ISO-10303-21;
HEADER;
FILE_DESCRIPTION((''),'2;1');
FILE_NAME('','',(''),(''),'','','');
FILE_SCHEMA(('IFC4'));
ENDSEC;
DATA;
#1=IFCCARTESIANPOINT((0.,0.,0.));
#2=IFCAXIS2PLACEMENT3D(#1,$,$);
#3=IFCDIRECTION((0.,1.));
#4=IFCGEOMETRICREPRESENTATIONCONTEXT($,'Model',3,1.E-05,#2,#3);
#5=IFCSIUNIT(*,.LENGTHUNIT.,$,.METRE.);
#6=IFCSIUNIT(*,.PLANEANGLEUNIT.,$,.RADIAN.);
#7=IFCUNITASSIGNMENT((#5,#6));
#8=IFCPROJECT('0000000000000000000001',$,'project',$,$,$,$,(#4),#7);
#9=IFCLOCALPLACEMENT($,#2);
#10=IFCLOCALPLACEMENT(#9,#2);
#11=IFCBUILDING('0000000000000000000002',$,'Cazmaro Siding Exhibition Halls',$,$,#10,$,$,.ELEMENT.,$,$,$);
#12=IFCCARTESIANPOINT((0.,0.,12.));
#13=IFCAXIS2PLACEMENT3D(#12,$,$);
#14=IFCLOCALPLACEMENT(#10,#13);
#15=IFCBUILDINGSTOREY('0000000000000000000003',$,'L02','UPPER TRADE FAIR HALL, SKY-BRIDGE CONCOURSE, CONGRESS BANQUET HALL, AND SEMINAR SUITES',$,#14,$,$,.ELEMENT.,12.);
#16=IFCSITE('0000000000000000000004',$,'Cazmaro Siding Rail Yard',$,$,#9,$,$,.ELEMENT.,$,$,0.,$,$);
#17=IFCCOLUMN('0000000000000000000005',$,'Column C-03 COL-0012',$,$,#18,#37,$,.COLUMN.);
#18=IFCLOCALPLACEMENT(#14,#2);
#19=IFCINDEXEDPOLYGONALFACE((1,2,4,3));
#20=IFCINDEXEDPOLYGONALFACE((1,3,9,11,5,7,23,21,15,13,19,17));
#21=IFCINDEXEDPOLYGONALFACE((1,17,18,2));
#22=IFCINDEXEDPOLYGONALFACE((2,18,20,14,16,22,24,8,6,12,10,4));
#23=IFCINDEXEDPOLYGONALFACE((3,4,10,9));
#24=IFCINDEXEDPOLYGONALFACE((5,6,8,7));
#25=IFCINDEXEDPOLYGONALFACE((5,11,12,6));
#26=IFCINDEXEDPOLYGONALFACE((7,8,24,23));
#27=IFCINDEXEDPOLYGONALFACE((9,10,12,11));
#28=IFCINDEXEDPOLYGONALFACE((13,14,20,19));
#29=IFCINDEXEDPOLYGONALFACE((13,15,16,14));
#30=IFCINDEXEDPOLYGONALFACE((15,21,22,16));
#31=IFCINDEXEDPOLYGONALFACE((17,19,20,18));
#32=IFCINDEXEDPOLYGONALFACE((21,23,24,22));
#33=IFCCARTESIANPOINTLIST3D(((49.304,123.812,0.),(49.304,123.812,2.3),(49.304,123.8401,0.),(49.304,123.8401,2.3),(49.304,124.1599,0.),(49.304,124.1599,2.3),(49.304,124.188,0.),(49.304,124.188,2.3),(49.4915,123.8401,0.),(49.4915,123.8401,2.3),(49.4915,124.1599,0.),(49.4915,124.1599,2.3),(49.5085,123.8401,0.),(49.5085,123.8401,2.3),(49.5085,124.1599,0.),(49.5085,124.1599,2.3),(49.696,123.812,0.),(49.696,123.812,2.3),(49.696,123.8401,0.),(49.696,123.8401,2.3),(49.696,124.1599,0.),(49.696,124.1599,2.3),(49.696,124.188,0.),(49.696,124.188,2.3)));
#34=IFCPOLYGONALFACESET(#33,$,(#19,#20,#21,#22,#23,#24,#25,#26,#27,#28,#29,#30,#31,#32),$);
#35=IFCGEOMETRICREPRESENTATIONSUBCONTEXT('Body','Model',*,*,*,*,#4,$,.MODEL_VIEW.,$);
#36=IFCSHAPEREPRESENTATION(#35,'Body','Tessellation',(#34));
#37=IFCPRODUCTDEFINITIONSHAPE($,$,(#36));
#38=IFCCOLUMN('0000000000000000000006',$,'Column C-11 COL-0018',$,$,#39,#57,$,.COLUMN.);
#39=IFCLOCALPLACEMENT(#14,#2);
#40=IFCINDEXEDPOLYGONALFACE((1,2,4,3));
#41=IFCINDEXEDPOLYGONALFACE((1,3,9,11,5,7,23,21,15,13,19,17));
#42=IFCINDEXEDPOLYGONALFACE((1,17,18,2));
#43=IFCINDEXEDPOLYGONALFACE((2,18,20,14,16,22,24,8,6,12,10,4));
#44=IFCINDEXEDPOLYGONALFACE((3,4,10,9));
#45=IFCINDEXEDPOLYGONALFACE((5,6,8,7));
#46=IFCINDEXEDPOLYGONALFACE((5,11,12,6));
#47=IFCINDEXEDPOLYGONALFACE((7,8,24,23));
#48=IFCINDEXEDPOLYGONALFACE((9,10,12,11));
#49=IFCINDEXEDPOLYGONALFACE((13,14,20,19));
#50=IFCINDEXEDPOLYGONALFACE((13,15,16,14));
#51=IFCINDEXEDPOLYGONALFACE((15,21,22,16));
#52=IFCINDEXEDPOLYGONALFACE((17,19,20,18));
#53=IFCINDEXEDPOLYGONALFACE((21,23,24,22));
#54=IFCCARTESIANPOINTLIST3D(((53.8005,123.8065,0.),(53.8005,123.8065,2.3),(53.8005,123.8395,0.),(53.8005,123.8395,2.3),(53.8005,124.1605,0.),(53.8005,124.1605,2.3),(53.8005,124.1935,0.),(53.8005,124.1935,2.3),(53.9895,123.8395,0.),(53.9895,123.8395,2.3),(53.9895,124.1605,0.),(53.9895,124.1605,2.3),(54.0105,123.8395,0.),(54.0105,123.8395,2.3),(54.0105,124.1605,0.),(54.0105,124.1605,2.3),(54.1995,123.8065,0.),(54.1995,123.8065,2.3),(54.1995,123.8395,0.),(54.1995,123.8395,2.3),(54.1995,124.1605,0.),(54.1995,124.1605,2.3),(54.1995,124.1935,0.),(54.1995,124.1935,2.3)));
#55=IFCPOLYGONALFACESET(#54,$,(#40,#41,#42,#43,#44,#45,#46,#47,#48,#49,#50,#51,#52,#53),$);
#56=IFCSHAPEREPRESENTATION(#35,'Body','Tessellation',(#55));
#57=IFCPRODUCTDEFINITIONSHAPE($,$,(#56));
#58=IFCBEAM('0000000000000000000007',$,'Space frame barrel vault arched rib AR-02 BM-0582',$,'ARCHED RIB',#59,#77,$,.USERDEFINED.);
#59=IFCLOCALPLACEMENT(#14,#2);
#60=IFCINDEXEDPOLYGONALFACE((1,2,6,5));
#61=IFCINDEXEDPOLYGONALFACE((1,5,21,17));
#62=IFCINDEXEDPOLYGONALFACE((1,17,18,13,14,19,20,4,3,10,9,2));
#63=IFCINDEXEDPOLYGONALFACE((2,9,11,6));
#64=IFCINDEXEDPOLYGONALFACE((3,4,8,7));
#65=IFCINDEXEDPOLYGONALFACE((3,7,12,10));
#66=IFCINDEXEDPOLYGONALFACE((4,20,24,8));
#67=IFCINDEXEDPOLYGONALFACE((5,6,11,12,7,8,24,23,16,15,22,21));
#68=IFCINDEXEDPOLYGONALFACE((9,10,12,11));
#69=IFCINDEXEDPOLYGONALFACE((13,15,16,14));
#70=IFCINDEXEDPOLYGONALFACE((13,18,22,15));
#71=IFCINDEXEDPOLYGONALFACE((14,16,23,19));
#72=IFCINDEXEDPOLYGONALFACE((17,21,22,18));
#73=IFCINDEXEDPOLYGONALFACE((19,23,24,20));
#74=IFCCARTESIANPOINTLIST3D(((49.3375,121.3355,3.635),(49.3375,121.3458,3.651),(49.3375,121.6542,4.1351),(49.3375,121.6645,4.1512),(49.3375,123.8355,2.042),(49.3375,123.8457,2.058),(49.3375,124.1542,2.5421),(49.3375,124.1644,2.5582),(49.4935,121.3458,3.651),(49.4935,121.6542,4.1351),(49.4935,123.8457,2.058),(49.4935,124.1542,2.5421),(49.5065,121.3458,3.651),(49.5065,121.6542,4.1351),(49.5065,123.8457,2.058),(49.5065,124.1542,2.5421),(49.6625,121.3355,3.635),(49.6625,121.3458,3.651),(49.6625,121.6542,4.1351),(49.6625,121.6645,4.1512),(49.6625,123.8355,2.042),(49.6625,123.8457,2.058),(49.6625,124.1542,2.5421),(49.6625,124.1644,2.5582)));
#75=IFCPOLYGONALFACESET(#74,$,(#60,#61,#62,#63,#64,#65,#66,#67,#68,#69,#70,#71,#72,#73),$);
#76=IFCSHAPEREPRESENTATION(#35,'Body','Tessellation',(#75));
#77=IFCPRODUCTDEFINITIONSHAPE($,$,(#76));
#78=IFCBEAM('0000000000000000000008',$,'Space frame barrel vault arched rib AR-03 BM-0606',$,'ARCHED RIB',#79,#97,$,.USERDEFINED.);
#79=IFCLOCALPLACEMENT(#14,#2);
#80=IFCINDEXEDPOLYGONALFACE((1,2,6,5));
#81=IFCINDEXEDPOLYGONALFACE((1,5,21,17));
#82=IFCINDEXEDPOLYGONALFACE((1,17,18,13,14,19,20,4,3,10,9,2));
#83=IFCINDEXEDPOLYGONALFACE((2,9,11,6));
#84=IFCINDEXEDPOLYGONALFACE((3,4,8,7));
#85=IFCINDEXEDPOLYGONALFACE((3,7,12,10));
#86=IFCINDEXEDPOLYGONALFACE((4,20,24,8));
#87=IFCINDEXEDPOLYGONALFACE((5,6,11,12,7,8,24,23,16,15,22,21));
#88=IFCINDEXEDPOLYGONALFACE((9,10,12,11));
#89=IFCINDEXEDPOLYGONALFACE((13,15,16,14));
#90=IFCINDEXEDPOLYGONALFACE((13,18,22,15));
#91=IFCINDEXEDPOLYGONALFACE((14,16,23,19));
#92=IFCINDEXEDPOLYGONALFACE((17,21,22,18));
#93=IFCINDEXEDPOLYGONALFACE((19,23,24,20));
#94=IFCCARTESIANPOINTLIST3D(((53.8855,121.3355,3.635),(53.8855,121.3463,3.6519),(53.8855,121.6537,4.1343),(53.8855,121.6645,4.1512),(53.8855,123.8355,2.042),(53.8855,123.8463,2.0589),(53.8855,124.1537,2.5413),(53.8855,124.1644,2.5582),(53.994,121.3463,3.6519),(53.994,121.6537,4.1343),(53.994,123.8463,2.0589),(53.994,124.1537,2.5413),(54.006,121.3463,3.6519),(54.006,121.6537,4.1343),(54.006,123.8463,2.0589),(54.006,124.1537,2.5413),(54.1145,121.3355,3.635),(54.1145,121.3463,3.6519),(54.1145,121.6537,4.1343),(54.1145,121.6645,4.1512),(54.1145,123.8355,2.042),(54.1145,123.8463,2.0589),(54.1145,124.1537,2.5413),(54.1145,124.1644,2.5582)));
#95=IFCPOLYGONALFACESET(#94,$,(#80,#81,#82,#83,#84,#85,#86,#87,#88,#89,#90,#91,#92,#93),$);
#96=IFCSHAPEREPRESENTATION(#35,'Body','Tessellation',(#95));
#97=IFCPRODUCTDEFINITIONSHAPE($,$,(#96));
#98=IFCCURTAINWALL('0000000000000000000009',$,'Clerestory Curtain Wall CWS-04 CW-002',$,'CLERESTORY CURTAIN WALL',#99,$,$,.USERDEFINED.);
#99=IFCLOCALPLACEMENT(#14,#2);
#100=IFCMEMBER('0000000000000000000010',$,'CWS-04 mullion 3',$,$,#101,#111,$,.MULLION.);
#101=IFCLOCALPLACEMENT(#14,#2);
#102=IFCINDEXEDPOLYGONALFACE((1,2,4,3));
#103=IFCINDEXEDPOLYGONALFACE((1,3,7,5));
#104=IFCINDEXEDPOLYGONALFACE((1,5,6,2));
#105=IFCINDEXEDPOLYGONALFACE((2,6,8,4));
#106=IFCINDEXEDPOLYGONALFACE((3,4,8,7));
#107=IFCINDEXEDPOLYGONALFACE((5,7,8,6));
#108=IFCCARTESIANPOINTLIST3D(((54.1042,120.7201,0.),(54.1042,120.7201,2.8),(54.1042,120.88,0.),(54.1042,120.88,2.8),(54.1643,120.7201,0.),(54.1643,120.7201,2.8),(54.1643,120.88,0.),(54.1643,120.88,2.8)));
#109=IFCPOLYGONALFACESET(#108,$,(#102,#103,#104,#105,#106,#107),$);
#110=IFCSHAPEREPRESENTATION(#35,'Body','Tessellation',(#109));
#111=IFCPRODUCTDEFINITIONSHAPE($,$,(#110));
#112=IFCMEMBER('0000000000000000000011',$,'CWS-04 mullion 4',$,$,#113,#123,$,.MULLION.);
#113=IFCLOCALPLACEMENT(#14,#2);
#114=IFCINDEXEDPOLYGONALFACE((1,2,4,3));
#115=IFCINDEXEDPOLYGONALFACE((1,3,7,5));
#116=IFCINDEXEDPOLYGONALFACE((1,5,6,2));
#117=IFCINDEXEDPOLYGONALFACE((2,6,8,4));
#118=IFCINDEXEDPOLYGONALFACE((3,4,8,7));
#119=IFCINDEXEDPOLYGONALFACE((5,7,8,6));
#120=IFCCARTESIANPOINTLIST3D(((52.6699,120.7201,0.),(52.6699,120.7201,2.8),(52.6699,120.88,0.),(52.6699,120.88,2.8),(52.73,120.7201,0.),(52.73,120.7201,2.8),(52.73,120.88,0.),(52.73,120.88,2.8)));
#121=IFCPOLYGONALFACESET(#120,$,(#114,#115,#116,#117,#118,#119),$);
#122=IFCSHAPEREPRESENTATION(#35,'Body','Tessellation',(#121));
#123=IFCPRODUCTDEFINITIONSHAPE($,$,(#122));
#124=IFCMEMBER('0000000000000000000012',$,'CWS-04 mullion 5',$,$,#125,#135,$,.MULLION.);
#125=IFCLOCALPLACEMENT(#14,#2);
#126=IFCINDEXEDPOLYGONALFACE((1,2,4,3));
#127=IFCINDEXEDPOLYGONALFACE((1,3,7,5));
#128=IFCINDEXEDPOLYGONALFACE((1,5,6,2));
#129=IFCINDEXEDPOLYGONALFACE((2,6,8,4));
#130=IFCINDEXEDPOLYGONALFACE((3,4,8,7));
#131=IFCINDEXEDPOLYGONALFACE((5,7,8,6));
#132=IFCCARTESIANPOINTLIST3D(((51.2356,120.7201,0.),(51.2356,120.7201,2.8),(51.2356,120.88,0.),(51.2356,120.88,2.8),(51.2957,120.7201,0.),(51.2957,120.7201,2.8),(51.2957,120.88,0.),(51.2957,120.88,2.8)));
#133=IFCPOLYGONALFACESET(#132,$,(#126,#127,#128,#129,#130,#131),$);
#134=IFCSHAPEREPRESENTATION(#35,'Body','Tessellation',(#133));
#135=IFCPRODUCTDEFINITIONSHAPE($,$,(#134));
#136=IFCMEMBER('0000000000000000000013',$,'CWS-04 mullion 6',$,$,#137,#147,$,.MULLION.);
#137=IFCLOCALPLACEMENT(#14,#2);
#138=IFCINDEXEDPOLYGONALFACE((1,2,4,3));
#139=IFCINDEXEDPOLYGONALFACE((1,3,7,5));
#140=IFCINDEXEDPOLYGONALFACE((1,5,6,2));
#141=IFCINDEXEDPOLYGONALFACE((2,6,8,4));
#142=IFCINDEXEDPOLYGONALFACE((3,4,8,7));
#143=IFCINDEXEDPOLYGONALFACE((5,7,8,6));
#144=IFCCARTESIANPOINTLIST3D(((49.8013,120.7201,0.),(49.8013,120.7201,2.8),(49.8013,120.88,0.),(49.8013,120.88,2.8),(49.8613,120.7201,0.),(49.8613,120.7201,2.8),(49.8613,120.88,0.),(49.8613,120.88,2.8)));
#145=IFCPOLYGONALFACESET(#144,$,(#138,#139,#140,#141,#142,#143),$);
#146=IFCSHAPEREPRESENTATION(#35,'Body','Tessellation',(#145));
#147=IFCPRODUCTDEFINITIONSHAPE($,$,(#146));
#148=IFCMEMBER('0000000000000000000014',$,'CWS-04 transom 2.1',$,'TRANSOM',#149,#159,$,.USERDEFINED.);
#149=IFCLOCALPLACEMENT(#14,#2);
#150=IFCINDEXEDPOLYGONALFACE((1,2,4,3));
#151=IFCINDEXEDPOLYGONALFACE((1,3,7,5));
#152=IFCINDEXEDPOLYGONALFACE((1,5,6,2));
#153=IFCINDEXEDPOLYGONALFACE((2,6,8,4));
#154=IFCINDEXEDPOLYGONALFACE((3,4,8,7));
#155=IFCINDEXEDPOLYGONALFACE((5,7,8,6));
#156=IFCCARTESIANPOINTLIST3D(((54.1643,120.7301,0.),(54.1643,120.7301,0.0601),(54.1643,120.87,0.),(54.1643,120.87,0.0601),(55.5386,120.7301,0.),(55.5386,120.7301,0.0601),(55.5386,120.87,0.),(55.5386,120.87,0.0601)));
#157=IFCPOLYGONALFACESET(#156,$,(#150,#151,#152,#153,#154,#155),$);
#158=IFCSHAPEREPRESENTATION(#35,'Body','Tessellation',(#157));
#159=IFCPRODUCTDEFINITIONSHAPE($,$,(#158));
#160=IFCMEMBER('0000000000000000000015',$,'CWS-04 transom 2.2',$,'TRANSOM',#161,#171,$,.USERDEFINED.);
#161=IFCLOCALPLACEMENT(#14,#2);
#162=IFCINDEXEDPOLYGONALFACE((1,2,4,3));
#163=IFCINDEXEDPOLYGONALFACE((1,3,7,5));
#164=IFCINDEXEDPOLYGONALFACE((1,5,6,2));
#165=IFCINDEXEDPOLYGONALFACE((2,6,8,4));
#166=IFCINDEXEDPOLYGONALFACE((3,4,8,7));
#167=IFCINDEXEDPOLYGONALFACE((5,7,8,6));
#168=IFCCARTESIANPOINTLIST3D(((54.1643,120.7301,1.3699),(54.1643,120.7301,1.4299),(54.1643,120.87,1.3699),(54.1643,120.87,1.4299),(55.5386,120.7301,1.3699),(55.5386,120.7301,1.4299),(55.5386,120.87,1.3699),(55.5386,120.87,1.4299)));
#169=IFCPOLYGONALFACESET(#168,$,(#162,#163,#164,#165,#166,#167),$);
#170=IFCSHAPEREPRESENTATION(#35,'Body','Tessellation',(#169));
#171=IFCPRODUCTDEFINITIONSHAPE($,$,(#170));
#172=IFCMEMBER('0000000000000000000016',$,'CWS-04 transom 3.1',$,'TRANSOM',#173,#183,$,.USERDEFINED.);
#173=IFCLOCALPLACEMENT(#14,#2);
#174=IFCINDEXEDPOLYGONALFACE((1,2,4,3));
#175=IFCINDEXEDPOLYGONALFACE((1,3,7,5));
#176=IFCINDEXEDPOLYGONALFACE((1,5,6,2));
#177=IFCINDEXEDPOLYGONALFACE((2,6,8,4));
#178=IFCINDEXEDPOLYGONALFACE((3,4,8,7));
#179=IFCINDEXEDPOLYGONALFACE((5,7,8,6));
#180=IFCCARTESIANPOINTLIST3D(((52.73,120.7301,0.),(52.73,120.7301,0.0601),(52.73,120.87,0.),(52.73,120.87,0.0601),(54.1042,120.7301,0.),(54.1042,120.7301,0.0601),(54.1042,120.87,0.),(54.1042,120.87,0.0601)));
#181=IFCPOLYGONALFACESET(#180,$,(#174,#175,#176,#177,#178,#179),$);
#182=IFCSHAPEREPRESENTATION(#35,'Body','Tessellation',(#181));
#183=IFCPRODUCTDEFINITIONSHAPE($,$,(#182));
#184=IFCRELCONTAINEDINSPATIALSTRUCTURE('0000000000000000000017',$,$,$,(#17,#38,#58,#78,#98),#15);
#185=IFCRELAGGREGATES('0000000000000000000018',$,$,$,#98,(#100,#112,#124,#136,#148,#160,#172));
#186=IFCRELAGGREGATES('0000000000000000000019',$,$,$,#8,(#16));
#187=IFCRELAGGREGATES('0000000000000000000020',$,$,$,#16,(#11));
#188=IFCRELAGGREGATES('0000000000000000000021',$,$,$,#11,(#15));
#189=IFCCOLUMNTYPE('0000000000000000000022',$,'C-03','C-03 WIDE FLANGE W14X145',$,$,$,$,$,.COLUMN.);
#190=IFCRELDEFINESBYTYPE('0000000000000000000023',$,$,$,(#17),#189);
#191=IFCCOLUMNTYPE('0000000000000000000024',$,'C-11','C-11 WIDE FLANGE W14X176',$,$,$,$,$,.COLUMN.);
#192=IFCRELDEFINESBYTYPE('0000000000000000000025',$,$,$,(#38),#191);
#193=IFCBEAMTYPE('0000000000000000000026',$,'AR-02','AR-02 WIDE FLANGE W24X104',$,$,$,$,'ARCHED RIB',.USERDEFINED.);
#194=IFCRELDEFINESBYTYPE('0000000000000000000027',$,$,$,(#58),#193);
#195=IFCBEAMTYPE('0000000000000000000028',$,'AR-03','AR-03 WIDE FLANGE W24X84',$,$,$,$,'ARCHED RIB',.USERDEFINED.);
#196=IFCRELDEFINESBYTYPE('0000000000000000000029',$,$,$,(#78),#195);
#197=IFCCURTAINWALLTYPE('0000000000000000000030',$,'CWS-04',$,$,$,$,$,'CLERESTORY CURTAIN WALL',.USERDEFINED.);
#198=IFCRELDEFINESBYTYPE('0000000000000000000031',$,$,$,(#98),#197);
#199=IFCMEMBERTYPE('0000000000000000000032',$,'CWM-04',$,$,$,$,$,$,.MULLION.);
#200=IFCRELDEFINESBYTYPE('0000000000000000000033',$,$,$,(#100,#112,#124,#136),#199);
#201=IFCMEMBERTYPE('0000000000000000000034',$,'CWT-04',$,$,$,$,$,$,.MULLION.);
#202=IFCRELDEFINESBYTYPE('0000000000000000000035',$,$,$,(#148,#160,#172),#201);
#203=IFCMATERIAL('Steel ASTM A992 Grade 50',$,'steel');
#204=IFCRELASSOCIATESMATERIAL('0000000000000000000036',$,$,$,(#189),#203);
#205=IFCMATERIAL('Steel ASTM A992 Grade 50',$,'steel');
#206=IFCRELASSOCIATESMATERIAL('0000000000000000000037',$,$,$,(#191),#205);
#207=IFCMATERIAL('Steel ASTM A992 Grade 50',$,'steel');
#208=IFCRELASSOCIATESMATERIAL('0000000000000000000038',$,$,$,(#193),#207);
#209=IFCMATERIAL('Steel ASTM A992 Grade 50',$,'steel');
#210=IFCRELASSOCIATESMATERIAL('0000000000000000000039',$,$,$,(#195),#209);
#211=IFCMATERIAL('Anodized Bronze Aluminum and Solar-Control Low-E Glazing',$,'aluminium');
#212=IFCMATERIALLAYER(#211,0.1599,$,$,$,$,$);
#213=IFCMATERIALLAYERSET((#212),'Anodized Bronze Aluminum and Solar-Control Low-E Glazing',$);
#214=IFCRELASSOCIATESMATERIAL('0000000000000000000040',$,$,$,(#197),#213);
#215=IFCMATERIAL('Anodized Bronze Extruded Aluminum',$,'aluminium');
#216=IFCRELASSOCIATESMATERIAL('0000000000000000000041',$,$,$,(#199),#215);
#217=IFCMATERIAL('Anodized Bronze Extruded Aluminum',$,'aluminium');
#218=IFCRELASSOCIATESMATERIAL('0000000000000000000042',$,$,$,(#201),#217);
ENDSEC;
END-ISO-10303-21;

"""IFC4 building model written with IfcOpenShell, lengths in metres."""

from ifc_helpers import new_model, si_unit, direction, frame, origin, origin_2d, place, context, subcontext, project, spatial, rectangle, i_section, extrude, material, layer, layer_set, material_profile, profile_set, type_object, element, aggregate, save


model = new_model("IFC4")

# Units and contexts
model_context = context("Model", 3, precision=1e-05, world=origin(), true_north=direction((0.0, 1.0)))
body_context = subcontext(model_context, "Body", "Model", "MODEL_VIEW")
ifc_project = project(units=[si_unit("LENGTHUNIT", "METRE"), si_unit("PLANEANGLEUNIT", "RADIAN")], contexts=[model_context])

# Site, building, storey
site_placement = place(None, origin())
site = spatial("IfcSite", under=ifc_project, at=site_placement, Name="Cazmaro Siding Rail Yard", CompositionType="ELEMENT", RefElevation=0.0)
building_placement = place(site_placement, origin())
building = spatial("IfcBuilding", under=site, at=building_placement, Name="Cazmaro Siding Exhibition Halls", CompositionType="ELEMENT")
storey_placement = place(building_placement, frame((0.0, 0.0, 12.0)))
storey = spatial("IfcBuildingStorey", under=building, at=storey_placement, Name="L02", Description="UPPER TRADE FAIR HALL, SKY-BRIDGE CONCOURSE, CONGRESS BANQUET HALL, AND SEMINAR SUITES", CompositionType="ELEMENT", Elevation=12.0)

# Columns
ifc_material_1 = material(Name="Steel ASTM A992 Grade 50", Category="steel")
ifc_material_profile_1 = material_profile(ifc_material_1, i_section(OverallWidth=0.3921, OverallDepth=0.376, WebThickness=0.0171, FlangeThickness=0.0281, at=origin_2d()), Name="W14X145")
ifc_profile_set_1 = profile_set([ifc_material_profile_1], Name="Steel ASTM A992 Grade 50")
column_type_1 = type_object("IfcColumnType", Name="C-03", Description="C-03 WIDE FLANGE W14X145", PredefinedType="COLUMN", material=ifc_profile_set_1)
column_1_placement = place(storey_placement, frame((49.5, 124.0, 0.0), z_axis=(0.0, 0.0, 1.0), x_axis=(1.0, 0.0, 0.0)))
element("IfcColumn", 1, at=column_1_placement, inside=storey, type_object=column_type_1, Name="Column C-03 COL-0012", PredefinedType="COLUMN", context=body_context, shape_type="SweptSolid", body=[
    extrude(i_section(OverallWidth=0.3921, OverallDepth=0.376, WebThickness=0.0171, FlangeThickness=0.0281, at=origin_2d()), origin(), (0.0, 0.0, 1.0), 2.3),
])
ifc_material_2 = material(Name="Steel ASTM A992 Grade 50", Category="steel")
ifc_material_profile_2 = material_profile(ifc_material_2, i_section(OverallWidth=0.3989, OverallDepth=0.387, WebThickness=0.021, FlangeThickness=0.033, at=origin_2d()), Name="W14X176")
ifc_profile_set_2 = profile_set([ifc_material_profile_2], Name="Steel ASTM A992 Grade 50")
column_type_2 = type_object("IfcColumnType", Name="C-11", Description="C-11 WIDE FLANGE W14X176", PredefinedType="COLUMN", material=ifc_profile_set_2)
column_2_placement = place(storey_placement, frame((54.0, 124.0, 0.0), z_axis=(0.0, 0.0, 1.0), x_axis=(1.0, 0.0, 0.0)))
element("IfcColumn", 2, at=column_2_placement, inside=storey, type_object=column_type_2, Name="Column C-11 COL-0018", PredefinedType="COLUMN", context=body_context, shape_type="SweptSolid", body=[
    extrude(i_section(OverallWidth=0.3989, OverallDepth=0.387, WebThickness=0.021, FlangeThickness=0.033, at=origin_2d()), origin(), (0.0, 0.0, 1.0), 2.3),
])

# Beams
ifc_material_3 = material(Name="Steel ASTM A992 Grade 50", Category="steel")
ifc_material_profile_3 = material_profile(ifc_material_3, i_section(OverallWidth=0.325, OverallDepth=0.6121, WebThickness=0.0129, FlangeThickness=0.019, at=origin_2d()), Name="W24X104")
ifc_profile_set_3 = profile_set([ifc_material_profile_3], Name="Steel ASTM A992 Grade 50")
beam_type_1 = type_object("IfcBeamType", Name="AR-02", Description="AR-02 WIDE FLANGE W24X104", ElementType="ARCHED RIB", PredefinedType="USERDEFINED", material=ifc_profile_set_3)
beam_1_placement = place(storey_placement, frame((49.5, 121.5, 3.8931), z_axis=(0.0, 0.843339, -0.537382), x_axis=(-1.0, 0.0, 0.0)))
element("IfcBeam", 3, at=beam_1_placement, inside=storey, type_object=beam_type_1, Name="Space frame barrel vault arched rib AR-02 BM-0582", ObjectType="ARCHED RIB", PredefinedType="USERDEFINED", context=body_context, shape_type="SweptSolid", body=[
    extrude(i_section(OverallWidth=0.325, OverallDepth=0.6121, WebThickness=0.0129, FlangeThickness=0.019, at=origin_2d()), origin(), (0.0, 0.0, 1.0), 2.9644),
])
ifc_material_4 = material(Name="Steel ASTM A992 Grade 50", Category="steel")
ifc_material_profile_4 = material_profile(ifc_material_4, i_section(OverallWidth=0.229, OverallDepth=0.6121, WebThickness=0.012, FlangeThickness=0.02, at=origin_2d()), Name="W24X84")
ifc_profile_set_4 = profile_set([ifc_material_profile_4], Name="Steel ASTM A992 Grade 50")
beam_type_2 = type_object("IfcBeamType", Name="AR-03", Description="AR-03 WIDE FLANGE W24X84", ElementType="ARCHED RIB", PredefinedType="USERDEFINED", material=ifc_profile_set_4)
beam_2_placement = place(storey_placement, frame((54.0, 121.5, 3.8931), z_axis=(0.0, 0.843339, -0.537382), x_axis=(-1.0, 0.0, 0.0)))
element("IfcBeam", 4, at=beam_2_placement, inside=storey, type_object=beam_type_2, Name="Space frame barrel vault arched rib AR-03 BM-0606", ObjectType="ARCHED RIB", PredefinedType="USERDEFINED", context=body_context, shape_type="SweptSolid", body=[
    extrude(i_section(OverallWidth=0.229, OverallDepth=0.6121, WebThickness=0.012, FlangeThickness=0.02, at=origin_2d()), origin(), (0.0, 0.0, 1.0), 2.9644),
])

# Curtain wall, members
ifc_material_5 = material(Name="Anodized Bronze Aluminum and Solar-Control Low-E Glazing", Category="aluminium")
ifc_layer_1 = layer(ifc_material_5, 0.1599)
ifc_layer_set_1 = layer_set([ifc_layer_1], Name="Anodized Bronze Aluminum and Solar-Control Low-E Glazing")
curtain_wall_type = type_object("IfcCurtainWallType", Name="CWS-04", ElementType="CLERESTORY CURTAIN WALL", PredefinedType="USERDEFINED", material=ifc_layer_set_1)
curtain_wall_placement = place(storey_placement, origin())
curtain_wall = element("IfcCurtainWall", 5, at=curtain_wall_placement, inside=storey, type_object=curtain_wall_type, Name="Clerestory Curtain Wall CWS-04 CW-002", ObjectType="CLERESTORY CURTAIN WALL", PredefinedType="USERDEFINED")
ifc_material_6 = material(Name="Anodized Bronze Extruded Aluminum", Category="aluminium")
ifc_material_profile_5 = material_profile(ifc_material_6, rectangle(XDim=0.1599, YDim=0.0601, at=origin_2d()), Name="CWM-04")
ifc_profile_set_5 = profile_set([ifc_material_profile_5], Name="Anodized Bronze Extruded Aluminum")
member_type_1 = type_object("IfcMemberType", Name="CWM-04", PredefinedType="MULLION", material=ifc_profile_set_5)
member_1_placement = place(storey_placement, frame((54.1343, 120.8, 0.0), z_axis=(0.0, 0.0, 1.0), x_axis=(0.0, -1.0, 0.0)))
member_1 = element("IfcMember", 6, at=member_1_placement, type_object=member_type_1, Name="CWS-04 mullion 3", PredefinedType="MULLION", context=body_context, shape_type="SweptSolid", body=[
    extrude(rectangle(XDim=0.1599, YDim=0.0601, at=origin_2d()), origin(), (0.0, 0.0, 1.0), 2.8),
])
member_2_placement = place(storey_placement, frame((52.7, 120.8, 0.0), z_axis=(0.0, 0.0, 1.0), x_axis=(0.0, -1.0, 0.0)))
member_2 = element("IfcMember", 7, at=member_2_placement, type_object=member_type_1, Name="CWS-04 mullion 4", PredefinedType="MULLION", context=body_context, shape_type="SweptSolid", body=[
    extrude(rectangle(XDim=0.1599, YDim=0.0601, at=origin_2d()), origin(), (0.0, 0.0, 1.0), 2.8),
])
member_3_placement = place(storey_placement, frame((51.2656, 120.8, 0.0), z_axis=(0.0, 0.0, 1.0), x_axis=(0.0, -1.0, 0.0)))
member_3 = element("IfcMember", 8, at=member_3_placement, type_object=member_type_1, Name="CWS-04 mullion 5", PredefinedType="MULLION", context=body_context, shape_type="SweptSolid", body=[
    extrude(rectangle(XDim=0.1599, YDim=0.0601, at=origin_2d()), origin(), (0.0, 0.0, 1.0), 2.8),
])
member_4_placement = place(storey_placement, frame((49.8313, 120.8, 0.0), z_axis=(0.0, 0.0, 1.0), x_axis=(0.0, -1.0, 0.0)))
member_4 = element("IfcMember", 9, at=member_4_placement, type_object=member_type_1, Name="CWS-04 mullion 6", PredefinedType="MULLION", context=body_context, shape_type="SweptSolid", body=[
    extrude(rectangle(XDim=0.1599, YDim=0.0601, at=origin_2d()), origin(), (0.0, 0.0, 1.0), 2.8),
])
ifc_material_7 = material(Name="Anodized Bronze Extruded Aluminum", Category="aluminium")
ifc_material_profile_6 = material_profile(ifc_material_7, rectangle(XDim=0.1399, YDim=0.0601, at=origin_2d()), Name="CWT-04")
ifc_profile_set_6 = profile_set([ifc_material_profile_6], Name="Anodized Bronze Extruded Aluminum")
member_type_2 = type_object("IfcMemberType", Name="CWT-04", PredefinedType="MULLION", material=ifc_profile_set_6)
member_5_placement = place(storey_placement, frame((55.5386, 120.8, 0.03), z_axis=(-1.0, 0.0, 0.0), x_axis=(0.0, -1.0, 0.0)))
member_5 = element("IfcMember", 10, at=member_5_placement, type_object=member_type_2, Name="CWS-04 transom 2.1", ObjectType="TRANSOM", PredefinedType="USERDEFINED", context=body_context, shape_type="SweptSolid", body=[
    extrude(rectangle(XDim=0.1399, YDim=0.0601, at=origin_2d()), origin(), (0.0, 0.0, 1.0), 1.3743),
])
member_6_placement = place(storey_placement, frame((55.5386, 120.8, 1.3999), z_axis=(-1.0, 0.0, 0.0), x_axis=(0.0, -1.0, 0.0)))
member_6 = element("IfcMember", 11, at=member_6_placement, type_object=member_type_2, Name="CWS-04 transom 2.2", ObjectType="TRANSOM", PredefinedType="USERDEFINED", context=body_context, shape_type="SweptSolid", body=[
    extrude(rectangle(XDim=0.1399, YDim=0.0601, at=origin_2d()), origin(), (0.0, 0.0, 1.0), 1.3743),
])
member_7_placement = place(storey_placement, frame((54.1042, 120.8, 0.03), z_axis=(-1.0, 0.0, 0.0), x_axis=(0.0, -1.0, 0.0)))
member_7 = element("IfcMember", 12, at=member_7_placement, type_object=member_type_2, Name="CWS-04 transom 3.1", ObjectType="TRANSOM", PredefinedType="USERDEFINED", context=body_context, shape_type="SweptSolid", body=[
    extrude(rectangle(XDim=0.1399, YDim=0.0601, at=origin_2d()), origin(), (0.0, 0.0, 1.0), 1.3743),
])

aggregate(curtain_wall, [member_1, member_2, member_3, member_4, member_5, member_6, member_7])

save(model, "model.ifc")
